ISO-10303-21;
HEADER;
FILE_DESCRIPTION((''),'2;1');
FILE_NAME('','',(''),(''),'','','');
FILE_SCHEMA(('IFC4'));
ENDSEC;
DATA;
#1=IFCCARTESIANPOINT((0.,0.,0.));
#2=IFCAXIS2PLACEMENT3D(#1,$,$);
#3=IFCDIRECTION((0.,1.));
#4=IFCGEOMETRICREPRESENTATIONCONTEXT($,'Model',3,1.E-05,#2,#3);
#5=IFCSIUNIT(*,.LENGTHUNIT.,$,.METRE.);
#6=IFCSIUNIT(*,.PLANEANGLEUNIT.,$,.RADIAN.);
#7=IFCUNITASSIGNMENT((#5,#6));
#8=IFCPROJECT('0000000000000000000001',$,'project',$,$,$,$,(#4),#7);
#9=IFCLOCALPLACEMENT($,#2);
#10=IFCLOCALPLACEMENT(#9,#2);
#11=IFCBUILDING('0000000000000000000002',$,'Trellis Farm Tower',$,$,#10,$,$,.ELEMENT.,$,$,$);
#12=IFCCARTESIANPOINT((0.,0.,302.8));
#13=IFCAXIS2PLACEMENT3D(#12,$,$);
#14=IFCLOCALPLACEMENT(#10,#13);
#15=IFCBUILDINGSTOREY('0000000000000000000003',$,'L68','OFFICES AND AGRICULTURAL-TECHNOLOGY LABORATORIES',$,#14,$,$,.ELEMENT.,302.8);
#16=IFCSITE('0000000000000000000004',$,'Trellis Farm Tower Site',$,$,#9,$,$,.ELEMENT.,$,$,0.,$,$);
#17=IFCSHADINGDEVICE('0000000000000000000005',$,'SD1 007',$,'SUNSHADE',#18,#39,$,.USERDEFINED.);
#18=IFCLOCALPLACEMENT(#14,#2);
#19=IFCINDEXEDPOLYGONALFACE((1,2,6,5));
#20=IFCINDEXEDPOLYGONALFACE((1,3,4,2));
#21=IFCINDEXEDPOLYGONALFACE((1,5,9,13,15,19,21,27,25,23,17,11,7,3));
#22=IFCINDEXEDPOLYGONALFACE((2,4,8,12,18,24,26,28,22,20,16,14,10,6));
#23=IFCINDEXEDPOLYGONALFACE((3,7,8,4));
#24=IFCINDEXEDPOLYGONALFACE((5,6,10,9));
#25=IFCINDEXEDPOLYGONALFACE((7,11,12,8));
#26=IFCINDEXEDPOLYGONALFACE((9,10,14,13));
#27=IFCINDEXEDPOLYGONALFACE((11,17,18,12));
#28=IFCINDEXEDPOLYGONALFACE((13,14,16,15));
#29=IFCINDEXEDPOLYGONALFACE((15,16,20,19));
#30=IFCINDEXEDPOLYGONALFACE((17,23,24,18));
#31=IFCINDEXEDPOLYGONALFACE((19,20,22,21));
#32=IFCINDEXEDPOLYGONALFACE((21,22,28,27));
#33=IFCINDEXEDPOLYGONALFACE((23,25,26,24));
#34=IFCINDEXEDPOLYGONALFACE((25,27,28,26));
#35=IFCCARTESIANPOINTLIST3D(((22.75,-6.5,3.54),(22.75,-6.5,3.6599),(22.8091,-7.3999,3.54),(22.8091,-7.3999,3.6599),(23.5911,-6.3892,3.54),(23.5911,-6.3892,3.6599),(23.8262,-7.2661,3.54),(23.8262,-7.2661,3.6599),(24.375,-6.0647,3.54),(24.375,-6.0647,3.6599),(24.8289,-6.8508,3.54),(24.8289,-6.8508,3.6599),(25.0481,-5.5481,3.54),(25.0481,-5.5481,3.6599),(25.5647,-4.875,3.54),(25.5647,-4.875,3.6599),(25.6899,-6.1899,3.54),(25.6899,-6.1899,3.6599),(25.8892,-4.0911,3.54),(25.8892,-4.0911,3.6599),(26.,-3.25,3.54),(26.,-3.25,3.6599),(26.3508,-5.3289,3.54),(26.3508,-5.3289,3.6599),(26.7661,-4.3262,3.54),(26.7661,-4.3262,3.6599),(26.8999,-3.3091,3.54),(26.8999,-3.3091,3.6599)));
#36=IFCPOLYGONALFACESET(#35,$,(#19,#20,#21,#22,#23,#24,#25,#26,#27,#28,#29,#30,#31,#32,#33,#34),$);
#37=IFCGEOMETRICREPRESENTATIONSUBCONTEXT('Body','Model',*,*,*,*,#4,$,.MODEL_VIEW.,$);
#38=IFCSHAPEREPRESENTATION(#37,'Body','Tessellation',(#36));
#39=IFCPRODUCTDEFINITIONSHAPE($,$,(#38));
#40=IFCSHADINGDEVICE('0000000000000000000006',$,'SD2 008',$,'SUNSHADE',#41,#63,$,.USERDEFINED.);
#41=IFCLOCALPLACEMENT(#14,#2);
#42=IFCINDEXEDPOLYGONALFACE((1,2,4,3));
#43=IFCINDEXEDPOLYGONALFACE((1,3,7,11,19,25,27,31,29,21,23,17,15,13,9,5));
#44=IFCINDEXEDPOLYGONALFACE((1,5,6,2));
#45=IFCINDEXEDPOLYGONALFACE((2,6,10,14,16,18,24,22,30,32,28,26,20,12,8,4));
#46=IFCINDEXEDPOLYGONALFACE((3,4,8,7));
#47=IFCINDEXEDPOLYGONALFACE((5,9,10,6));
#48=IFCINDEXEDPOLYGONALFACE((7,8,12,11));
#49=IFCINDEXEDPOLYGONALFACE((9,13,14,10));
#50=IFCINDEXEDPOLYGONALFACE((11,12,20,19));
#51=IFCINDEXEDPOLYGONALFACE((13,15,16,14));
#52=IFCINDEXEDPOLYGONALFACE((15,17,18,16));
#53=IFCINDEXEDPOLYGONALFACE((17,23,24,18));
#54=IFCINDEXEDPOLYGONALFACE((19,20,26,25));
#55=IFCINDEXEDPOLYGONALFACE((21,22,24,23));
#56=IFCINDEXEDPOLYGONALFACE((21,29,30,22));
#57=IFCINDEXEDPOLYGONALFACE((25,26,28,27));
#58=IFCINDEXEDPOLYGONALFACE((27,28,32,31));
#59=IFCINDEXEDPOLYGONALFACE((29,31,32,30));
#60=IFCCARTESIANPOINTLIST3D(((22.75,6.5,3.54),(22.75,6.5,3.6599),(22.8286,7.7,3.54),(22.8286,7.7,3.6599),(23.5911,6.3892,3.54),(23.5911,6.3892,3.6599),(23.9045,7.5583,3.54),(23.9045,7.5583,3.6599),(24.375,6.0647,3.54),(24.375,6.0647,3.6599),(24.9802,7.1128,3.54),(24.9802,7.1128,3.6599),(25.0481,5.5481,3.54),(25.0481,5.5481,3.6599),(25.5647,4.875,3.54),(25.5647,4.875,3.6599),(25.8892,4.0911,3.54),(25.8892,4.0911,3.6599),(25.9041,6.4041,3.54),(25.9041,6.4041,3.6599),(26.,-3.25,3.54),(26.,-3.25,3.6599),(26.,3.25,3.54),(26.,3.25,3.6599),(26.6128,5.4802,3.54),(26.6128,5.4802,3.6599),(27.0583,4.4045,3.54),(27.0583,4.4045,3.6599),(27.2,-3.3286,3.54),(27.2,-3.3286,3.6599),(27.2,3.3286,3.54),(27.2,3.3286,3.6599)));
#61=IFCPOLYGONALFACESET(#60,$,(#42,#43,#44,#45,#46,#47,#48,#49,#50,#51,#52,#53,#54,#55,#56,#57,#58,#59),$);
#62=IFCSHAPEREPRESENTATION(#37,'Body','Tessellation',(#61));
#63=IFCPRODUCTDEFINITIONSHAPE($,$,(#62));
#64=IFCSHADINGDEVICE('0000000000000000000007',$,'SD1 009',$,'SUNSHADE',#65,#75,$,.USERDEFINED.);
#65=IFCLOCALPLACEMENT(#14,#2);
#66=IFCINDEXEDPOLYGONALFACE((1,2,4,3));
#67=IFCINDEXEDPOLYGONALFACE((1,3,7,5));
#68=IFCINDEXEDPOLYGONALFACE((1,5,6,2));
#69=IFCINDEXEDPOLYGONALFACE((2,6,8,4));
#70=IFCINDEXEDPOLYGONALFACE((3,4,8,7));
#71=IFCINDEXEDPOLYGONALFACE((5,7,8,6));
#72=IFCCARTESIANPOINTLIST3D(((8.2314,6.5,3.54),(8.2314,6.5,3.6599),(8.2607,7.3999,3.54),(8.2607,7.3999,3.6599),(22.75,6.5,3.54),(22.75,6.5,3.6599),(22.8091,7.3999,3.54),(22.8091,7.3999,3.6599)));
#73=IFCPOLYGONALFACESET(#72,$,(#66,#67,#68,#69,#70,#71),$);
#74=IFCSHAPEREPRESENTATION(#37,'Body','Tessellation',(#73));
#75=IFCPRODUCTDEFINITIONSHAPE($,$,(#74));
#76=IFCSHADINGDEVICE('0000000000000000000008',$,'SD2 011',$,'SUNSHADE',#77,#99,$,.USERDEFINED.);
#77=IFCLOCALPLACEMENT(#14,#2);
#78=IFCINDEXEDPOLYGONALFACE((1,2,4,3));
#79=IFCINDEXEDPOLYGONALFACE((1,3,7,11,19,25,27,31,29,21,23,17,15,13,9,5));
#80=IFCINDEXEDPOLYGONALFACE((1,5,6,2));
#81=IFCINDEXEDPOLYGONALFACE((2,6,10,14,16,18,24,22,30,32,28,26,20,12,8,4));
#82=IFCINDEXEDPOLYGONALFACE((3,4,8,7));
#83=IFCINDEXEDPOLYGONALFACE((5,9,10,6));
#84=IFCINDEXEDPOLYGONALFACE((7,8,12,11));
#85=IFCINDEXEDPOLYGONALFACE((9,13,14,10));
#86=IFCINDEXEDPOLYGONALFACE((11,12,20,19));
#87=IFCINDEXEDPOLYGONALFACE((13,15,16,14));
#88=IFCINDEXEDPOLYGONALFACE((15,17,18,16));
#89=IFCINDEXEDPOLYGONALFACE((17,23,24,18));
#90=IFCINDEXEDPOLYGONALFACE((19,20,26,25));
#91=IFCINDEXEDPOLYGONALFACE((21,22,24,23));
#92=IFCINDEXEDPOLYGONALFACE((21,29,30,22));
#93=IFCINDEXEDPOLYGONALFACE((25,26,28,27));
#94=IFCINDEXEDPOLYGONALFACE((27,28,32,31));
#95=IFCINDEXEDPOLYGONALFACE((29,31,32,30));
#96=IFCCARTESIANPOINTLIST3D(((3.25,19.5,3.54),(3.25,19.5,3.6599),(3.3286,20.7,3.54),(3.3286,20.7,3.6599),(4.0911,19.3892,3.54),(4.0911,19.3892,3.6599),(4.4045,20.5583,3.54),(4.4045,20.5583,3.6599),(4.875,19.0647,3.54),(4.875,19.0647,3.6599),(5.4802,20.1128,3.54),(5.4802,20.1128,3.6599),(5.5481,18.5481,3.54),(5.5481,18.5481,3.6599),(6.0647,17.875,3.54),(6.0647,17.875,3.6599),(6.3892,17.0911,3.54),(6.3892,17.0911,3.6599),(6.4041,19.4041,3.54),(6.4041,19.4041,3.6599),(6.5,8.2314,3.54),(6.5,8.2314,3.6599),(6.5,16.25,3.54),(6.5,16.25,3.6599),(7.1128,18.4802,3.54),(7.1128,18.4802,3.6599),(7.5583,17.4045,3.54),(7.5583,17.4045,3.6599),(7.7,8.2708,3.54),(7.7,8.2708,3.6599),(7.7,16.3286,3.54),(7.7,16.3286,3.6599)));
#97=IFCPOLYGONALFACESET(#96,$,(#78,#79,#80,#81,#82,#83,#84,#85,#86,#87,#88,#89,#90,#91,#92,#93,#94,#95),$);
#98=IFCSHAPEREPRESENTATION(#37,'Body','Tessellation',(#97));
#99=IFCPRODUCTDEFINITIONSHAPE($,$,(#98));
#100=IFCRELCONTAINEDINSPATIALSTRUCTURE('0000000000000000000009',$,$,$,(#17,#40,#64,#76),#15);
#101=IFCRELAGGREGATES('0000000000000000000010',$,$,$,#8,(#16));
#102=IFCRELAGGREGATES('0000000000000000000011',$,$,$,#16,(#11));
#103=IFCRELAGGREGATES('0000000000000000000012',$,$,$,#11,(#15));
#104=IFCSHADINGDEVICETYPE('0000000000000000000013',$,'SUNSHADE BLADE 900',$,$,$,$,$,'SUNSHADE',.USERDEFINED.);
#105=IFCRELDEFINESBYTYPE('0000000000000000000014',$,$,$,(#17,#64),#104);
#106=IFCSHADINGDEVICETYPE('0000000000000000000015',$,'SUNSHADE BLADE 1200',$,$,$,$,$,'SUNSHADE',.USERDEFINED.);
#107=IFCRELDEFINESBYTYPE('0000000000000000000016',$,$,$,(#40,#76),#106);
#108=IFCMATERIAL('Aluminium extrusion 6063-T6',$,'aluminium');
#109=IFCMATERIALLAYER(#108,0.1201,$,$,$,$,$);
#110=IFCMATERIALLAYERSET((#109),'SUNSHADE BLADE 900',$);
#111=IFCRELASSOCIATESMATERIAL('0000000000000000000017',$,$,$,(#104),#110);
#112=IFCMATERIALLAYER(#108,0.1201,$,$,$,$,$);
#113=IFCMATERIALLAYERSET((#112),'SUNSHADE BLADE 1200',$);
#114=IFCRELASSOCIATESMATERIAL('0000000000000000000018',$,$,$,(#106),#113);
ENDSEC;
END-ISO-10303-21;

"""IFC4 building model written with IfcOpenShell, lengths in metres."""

from ifc_helpers import new_model, si_unit, direction, frame, origin, place, context, subcontext, project, spatial, polyline, outline, extrude, source, transform, mapped, material, layer, layer_set, type_object, element, save


model = new_model("IFC4")

# Units and contexts
model_context = context("Model", 3, precision=1e-05, world=origin(), true_north=direction((0.0, 1.0)))
body_context = subcontext(model_context, "Body", "Model", "MODEL_VIEW")
ifc_project = project(units=[si_unit("LENGTHUNIT", "METRE"), si_unit("PLANEANGLEUNIT", "RADIAN")], contexts=[model_context])

# Site, building, storey
site_placement = place(None, origin())
site = spatial("IfcSite", under=ifc_project, at=site_placement, Name="Trellis Farm Tower Site", CompositionType="ELEMENT", RefElevation=0.0)
building_placement = place(site_placement, origin())
building = spatial("IfcBuilding", under=site, at=building_placement, Name="Trellis Farm Tower", CompositionType="ELEMENT")
storey_placement = place(building_placement, frame((0.0, 0.0, 302.8)))
storey = spatial("IfcBuildingStorey", under=building, at=storey_placement, Name="L68", Description="OFFICES AND AGRICULTURAL-TECHNOLOGY LABORATORIES", CompositionType="ELEMENT", Elevation=302.8)

# Shared definitions
ifc_material_1 = material(Name="Aluminium extrusion 6063-T6", Category="aluminium")

# Shading devices
ifc_layer_1 = layer(ifc_material_1, 0.1201)
ifc_layer_set_1 = layer_set([ifc_layer_1], Name="SUNSHADE BLADE 900")
shading_device_type_1 = type_object("IfcShadingDeviceType", Name="SUNSHADE BLADE 900", ElementType="SUNSHADE", PredefinedType="USERDEFINED", material=ifc_layer_set_1)
placement_1 = place(storey_placement, frame((0.0, 0.0, 3.54)))
shared_shape_1 = source(origin(), body_context, "Body", "SweptSolid", [
    extrude(outline(polyline([(22.8091, -7.3999), (23.8262, -7.2661), (24.8289, -6.8508), (25.6899, -6.1899), (26.3508, -5.3289), (26.7661, -4.3262), (26.8999, -3.3091), (26.0, -3.25), (25.8892, -4.0911), (25.5647, -4.875), (25.0481, -5.5481), (24.375, -6.0647), (23.5911, -6.3892), (22.75, -6.5), (22.8091, -7.3999)])), origin(), (0.0, 0.0, 1.0), 0.1199),
])
element("IfcShadingDevice", 1, at=placement_1, inside=storey, type_object=shading_device_type_1, Name="SD1 007", ObjectType="SUNSHADE", PredefinedType="USERDEFINED", context=body_context, shape_type="MappedRepresentation", body=[
    mapped(shared_shape_1, transform((0.0, 0.0, 0.0))),
])
ifc_layer_2 = layer(ifc_material_1, 0.1201)
ifc_layer_set_2 = layer_set([ifc_layer_2], Name="SUNSHADE BLADE 1200")
shading_device_type_2 = type_object("IfcShadingDeviceType", Name="SUNSHADE BLADE 1200", ElementType="SUNSHADE", PredefinedType="USERDEFINED", material=ifc_layer_set_2)
shared_shape_2 = source(origin(), body_context, "Body", "SweptSolid", [
    extrude(outline(polyline([(27.2, -3.3286), (27.2, 3.3286), (27.0583, 4.4045), (26.6128, 5.4802), (25.9041, 6.4041), (24.9802, 7.1128), (23.9045, 7.5583), (22.8286, 7.7), (22.75, 6.5), (23.5911, 6.3892), (24.375, 6.0647), (25.0481, 5.5481), (25.5647, 4.875), (25.8892, 4.0911), (26.0, 3.25), (26.0, -3.25), (27.2, -3.3286)])), origin(), (0.0, 0.0, 1.0), 0.1199),
])
element("IfcShadingDevice", 2, at=placement_1, inside=storey, type_object=shading_device_type_2, Name="SD2 008", ObjectType="SUNSHADE", PredefinedType="USERDEFINED", context=body_context, shape_type="MappedRepresentation", body=[
    mapped(shared_shape_2, transform((0.0, 0.0, 0.0))),
])
shared_shape_3 = source(origin(), body_context, "Body", "SweptSolid", [
    extrude(outline(polyline([(22.8091, 7.3999), (8.2607, 7.3999), (8.2314, 6.5), (22.75, 6.5), (22.8091, 7.3999)])), origin(), (0.0, 0.0, 1.0), 0.1199),
])
element("IfcShadingDevice", 3, at=placement_1, inside=storey, type_object=shading_device_type_1, Name="SD1 009", ObjectType="SUNSHADE", PredefinedType="USERDEFINED", context=body_context, shape_type="MappedRepresentation", body=[
    mapped(shared_shape_3, transform((0.0, 0.0, 0.0))),
])
shared_shape_4 = source(origin(), body_context, "Body", "SweptSolid", [
    extrude(outline(polyline([(7.7, 8.2708), (7.7, 16.3286), (7.5583, 17.4045), (7.1128, 18.4802), (6.4041, 19.4041), (5.4802, 20.1128), (4.4045, 20.5583), (3.3286, 20.7), (3.25, 19.5), (4.0911, 19.3892), (4.875, 19.0647), (5.5481, 18.5481), (6.0647, 17.875), (6.3892, 17.0911), (6.5, 16.25), (6.5, 8.2314), (7.7, 8.2708)])), origin(), (0.0, 0.0, 1.0), 0.1199),
])
element("IfcShadingDevice", 4, at=placement_1, inside=storey, type_object=shading_device_type_2, Name="SD2 011", ObjectType="SUNSHADE", PredefinedType="USERDEFINED", context=body_context, shape_type="MappedRepresentation", body=[
    mapped(shared_shape_4, transform((0.0, 0.0, 0.0))),
])

save(model, "model.ifc")
